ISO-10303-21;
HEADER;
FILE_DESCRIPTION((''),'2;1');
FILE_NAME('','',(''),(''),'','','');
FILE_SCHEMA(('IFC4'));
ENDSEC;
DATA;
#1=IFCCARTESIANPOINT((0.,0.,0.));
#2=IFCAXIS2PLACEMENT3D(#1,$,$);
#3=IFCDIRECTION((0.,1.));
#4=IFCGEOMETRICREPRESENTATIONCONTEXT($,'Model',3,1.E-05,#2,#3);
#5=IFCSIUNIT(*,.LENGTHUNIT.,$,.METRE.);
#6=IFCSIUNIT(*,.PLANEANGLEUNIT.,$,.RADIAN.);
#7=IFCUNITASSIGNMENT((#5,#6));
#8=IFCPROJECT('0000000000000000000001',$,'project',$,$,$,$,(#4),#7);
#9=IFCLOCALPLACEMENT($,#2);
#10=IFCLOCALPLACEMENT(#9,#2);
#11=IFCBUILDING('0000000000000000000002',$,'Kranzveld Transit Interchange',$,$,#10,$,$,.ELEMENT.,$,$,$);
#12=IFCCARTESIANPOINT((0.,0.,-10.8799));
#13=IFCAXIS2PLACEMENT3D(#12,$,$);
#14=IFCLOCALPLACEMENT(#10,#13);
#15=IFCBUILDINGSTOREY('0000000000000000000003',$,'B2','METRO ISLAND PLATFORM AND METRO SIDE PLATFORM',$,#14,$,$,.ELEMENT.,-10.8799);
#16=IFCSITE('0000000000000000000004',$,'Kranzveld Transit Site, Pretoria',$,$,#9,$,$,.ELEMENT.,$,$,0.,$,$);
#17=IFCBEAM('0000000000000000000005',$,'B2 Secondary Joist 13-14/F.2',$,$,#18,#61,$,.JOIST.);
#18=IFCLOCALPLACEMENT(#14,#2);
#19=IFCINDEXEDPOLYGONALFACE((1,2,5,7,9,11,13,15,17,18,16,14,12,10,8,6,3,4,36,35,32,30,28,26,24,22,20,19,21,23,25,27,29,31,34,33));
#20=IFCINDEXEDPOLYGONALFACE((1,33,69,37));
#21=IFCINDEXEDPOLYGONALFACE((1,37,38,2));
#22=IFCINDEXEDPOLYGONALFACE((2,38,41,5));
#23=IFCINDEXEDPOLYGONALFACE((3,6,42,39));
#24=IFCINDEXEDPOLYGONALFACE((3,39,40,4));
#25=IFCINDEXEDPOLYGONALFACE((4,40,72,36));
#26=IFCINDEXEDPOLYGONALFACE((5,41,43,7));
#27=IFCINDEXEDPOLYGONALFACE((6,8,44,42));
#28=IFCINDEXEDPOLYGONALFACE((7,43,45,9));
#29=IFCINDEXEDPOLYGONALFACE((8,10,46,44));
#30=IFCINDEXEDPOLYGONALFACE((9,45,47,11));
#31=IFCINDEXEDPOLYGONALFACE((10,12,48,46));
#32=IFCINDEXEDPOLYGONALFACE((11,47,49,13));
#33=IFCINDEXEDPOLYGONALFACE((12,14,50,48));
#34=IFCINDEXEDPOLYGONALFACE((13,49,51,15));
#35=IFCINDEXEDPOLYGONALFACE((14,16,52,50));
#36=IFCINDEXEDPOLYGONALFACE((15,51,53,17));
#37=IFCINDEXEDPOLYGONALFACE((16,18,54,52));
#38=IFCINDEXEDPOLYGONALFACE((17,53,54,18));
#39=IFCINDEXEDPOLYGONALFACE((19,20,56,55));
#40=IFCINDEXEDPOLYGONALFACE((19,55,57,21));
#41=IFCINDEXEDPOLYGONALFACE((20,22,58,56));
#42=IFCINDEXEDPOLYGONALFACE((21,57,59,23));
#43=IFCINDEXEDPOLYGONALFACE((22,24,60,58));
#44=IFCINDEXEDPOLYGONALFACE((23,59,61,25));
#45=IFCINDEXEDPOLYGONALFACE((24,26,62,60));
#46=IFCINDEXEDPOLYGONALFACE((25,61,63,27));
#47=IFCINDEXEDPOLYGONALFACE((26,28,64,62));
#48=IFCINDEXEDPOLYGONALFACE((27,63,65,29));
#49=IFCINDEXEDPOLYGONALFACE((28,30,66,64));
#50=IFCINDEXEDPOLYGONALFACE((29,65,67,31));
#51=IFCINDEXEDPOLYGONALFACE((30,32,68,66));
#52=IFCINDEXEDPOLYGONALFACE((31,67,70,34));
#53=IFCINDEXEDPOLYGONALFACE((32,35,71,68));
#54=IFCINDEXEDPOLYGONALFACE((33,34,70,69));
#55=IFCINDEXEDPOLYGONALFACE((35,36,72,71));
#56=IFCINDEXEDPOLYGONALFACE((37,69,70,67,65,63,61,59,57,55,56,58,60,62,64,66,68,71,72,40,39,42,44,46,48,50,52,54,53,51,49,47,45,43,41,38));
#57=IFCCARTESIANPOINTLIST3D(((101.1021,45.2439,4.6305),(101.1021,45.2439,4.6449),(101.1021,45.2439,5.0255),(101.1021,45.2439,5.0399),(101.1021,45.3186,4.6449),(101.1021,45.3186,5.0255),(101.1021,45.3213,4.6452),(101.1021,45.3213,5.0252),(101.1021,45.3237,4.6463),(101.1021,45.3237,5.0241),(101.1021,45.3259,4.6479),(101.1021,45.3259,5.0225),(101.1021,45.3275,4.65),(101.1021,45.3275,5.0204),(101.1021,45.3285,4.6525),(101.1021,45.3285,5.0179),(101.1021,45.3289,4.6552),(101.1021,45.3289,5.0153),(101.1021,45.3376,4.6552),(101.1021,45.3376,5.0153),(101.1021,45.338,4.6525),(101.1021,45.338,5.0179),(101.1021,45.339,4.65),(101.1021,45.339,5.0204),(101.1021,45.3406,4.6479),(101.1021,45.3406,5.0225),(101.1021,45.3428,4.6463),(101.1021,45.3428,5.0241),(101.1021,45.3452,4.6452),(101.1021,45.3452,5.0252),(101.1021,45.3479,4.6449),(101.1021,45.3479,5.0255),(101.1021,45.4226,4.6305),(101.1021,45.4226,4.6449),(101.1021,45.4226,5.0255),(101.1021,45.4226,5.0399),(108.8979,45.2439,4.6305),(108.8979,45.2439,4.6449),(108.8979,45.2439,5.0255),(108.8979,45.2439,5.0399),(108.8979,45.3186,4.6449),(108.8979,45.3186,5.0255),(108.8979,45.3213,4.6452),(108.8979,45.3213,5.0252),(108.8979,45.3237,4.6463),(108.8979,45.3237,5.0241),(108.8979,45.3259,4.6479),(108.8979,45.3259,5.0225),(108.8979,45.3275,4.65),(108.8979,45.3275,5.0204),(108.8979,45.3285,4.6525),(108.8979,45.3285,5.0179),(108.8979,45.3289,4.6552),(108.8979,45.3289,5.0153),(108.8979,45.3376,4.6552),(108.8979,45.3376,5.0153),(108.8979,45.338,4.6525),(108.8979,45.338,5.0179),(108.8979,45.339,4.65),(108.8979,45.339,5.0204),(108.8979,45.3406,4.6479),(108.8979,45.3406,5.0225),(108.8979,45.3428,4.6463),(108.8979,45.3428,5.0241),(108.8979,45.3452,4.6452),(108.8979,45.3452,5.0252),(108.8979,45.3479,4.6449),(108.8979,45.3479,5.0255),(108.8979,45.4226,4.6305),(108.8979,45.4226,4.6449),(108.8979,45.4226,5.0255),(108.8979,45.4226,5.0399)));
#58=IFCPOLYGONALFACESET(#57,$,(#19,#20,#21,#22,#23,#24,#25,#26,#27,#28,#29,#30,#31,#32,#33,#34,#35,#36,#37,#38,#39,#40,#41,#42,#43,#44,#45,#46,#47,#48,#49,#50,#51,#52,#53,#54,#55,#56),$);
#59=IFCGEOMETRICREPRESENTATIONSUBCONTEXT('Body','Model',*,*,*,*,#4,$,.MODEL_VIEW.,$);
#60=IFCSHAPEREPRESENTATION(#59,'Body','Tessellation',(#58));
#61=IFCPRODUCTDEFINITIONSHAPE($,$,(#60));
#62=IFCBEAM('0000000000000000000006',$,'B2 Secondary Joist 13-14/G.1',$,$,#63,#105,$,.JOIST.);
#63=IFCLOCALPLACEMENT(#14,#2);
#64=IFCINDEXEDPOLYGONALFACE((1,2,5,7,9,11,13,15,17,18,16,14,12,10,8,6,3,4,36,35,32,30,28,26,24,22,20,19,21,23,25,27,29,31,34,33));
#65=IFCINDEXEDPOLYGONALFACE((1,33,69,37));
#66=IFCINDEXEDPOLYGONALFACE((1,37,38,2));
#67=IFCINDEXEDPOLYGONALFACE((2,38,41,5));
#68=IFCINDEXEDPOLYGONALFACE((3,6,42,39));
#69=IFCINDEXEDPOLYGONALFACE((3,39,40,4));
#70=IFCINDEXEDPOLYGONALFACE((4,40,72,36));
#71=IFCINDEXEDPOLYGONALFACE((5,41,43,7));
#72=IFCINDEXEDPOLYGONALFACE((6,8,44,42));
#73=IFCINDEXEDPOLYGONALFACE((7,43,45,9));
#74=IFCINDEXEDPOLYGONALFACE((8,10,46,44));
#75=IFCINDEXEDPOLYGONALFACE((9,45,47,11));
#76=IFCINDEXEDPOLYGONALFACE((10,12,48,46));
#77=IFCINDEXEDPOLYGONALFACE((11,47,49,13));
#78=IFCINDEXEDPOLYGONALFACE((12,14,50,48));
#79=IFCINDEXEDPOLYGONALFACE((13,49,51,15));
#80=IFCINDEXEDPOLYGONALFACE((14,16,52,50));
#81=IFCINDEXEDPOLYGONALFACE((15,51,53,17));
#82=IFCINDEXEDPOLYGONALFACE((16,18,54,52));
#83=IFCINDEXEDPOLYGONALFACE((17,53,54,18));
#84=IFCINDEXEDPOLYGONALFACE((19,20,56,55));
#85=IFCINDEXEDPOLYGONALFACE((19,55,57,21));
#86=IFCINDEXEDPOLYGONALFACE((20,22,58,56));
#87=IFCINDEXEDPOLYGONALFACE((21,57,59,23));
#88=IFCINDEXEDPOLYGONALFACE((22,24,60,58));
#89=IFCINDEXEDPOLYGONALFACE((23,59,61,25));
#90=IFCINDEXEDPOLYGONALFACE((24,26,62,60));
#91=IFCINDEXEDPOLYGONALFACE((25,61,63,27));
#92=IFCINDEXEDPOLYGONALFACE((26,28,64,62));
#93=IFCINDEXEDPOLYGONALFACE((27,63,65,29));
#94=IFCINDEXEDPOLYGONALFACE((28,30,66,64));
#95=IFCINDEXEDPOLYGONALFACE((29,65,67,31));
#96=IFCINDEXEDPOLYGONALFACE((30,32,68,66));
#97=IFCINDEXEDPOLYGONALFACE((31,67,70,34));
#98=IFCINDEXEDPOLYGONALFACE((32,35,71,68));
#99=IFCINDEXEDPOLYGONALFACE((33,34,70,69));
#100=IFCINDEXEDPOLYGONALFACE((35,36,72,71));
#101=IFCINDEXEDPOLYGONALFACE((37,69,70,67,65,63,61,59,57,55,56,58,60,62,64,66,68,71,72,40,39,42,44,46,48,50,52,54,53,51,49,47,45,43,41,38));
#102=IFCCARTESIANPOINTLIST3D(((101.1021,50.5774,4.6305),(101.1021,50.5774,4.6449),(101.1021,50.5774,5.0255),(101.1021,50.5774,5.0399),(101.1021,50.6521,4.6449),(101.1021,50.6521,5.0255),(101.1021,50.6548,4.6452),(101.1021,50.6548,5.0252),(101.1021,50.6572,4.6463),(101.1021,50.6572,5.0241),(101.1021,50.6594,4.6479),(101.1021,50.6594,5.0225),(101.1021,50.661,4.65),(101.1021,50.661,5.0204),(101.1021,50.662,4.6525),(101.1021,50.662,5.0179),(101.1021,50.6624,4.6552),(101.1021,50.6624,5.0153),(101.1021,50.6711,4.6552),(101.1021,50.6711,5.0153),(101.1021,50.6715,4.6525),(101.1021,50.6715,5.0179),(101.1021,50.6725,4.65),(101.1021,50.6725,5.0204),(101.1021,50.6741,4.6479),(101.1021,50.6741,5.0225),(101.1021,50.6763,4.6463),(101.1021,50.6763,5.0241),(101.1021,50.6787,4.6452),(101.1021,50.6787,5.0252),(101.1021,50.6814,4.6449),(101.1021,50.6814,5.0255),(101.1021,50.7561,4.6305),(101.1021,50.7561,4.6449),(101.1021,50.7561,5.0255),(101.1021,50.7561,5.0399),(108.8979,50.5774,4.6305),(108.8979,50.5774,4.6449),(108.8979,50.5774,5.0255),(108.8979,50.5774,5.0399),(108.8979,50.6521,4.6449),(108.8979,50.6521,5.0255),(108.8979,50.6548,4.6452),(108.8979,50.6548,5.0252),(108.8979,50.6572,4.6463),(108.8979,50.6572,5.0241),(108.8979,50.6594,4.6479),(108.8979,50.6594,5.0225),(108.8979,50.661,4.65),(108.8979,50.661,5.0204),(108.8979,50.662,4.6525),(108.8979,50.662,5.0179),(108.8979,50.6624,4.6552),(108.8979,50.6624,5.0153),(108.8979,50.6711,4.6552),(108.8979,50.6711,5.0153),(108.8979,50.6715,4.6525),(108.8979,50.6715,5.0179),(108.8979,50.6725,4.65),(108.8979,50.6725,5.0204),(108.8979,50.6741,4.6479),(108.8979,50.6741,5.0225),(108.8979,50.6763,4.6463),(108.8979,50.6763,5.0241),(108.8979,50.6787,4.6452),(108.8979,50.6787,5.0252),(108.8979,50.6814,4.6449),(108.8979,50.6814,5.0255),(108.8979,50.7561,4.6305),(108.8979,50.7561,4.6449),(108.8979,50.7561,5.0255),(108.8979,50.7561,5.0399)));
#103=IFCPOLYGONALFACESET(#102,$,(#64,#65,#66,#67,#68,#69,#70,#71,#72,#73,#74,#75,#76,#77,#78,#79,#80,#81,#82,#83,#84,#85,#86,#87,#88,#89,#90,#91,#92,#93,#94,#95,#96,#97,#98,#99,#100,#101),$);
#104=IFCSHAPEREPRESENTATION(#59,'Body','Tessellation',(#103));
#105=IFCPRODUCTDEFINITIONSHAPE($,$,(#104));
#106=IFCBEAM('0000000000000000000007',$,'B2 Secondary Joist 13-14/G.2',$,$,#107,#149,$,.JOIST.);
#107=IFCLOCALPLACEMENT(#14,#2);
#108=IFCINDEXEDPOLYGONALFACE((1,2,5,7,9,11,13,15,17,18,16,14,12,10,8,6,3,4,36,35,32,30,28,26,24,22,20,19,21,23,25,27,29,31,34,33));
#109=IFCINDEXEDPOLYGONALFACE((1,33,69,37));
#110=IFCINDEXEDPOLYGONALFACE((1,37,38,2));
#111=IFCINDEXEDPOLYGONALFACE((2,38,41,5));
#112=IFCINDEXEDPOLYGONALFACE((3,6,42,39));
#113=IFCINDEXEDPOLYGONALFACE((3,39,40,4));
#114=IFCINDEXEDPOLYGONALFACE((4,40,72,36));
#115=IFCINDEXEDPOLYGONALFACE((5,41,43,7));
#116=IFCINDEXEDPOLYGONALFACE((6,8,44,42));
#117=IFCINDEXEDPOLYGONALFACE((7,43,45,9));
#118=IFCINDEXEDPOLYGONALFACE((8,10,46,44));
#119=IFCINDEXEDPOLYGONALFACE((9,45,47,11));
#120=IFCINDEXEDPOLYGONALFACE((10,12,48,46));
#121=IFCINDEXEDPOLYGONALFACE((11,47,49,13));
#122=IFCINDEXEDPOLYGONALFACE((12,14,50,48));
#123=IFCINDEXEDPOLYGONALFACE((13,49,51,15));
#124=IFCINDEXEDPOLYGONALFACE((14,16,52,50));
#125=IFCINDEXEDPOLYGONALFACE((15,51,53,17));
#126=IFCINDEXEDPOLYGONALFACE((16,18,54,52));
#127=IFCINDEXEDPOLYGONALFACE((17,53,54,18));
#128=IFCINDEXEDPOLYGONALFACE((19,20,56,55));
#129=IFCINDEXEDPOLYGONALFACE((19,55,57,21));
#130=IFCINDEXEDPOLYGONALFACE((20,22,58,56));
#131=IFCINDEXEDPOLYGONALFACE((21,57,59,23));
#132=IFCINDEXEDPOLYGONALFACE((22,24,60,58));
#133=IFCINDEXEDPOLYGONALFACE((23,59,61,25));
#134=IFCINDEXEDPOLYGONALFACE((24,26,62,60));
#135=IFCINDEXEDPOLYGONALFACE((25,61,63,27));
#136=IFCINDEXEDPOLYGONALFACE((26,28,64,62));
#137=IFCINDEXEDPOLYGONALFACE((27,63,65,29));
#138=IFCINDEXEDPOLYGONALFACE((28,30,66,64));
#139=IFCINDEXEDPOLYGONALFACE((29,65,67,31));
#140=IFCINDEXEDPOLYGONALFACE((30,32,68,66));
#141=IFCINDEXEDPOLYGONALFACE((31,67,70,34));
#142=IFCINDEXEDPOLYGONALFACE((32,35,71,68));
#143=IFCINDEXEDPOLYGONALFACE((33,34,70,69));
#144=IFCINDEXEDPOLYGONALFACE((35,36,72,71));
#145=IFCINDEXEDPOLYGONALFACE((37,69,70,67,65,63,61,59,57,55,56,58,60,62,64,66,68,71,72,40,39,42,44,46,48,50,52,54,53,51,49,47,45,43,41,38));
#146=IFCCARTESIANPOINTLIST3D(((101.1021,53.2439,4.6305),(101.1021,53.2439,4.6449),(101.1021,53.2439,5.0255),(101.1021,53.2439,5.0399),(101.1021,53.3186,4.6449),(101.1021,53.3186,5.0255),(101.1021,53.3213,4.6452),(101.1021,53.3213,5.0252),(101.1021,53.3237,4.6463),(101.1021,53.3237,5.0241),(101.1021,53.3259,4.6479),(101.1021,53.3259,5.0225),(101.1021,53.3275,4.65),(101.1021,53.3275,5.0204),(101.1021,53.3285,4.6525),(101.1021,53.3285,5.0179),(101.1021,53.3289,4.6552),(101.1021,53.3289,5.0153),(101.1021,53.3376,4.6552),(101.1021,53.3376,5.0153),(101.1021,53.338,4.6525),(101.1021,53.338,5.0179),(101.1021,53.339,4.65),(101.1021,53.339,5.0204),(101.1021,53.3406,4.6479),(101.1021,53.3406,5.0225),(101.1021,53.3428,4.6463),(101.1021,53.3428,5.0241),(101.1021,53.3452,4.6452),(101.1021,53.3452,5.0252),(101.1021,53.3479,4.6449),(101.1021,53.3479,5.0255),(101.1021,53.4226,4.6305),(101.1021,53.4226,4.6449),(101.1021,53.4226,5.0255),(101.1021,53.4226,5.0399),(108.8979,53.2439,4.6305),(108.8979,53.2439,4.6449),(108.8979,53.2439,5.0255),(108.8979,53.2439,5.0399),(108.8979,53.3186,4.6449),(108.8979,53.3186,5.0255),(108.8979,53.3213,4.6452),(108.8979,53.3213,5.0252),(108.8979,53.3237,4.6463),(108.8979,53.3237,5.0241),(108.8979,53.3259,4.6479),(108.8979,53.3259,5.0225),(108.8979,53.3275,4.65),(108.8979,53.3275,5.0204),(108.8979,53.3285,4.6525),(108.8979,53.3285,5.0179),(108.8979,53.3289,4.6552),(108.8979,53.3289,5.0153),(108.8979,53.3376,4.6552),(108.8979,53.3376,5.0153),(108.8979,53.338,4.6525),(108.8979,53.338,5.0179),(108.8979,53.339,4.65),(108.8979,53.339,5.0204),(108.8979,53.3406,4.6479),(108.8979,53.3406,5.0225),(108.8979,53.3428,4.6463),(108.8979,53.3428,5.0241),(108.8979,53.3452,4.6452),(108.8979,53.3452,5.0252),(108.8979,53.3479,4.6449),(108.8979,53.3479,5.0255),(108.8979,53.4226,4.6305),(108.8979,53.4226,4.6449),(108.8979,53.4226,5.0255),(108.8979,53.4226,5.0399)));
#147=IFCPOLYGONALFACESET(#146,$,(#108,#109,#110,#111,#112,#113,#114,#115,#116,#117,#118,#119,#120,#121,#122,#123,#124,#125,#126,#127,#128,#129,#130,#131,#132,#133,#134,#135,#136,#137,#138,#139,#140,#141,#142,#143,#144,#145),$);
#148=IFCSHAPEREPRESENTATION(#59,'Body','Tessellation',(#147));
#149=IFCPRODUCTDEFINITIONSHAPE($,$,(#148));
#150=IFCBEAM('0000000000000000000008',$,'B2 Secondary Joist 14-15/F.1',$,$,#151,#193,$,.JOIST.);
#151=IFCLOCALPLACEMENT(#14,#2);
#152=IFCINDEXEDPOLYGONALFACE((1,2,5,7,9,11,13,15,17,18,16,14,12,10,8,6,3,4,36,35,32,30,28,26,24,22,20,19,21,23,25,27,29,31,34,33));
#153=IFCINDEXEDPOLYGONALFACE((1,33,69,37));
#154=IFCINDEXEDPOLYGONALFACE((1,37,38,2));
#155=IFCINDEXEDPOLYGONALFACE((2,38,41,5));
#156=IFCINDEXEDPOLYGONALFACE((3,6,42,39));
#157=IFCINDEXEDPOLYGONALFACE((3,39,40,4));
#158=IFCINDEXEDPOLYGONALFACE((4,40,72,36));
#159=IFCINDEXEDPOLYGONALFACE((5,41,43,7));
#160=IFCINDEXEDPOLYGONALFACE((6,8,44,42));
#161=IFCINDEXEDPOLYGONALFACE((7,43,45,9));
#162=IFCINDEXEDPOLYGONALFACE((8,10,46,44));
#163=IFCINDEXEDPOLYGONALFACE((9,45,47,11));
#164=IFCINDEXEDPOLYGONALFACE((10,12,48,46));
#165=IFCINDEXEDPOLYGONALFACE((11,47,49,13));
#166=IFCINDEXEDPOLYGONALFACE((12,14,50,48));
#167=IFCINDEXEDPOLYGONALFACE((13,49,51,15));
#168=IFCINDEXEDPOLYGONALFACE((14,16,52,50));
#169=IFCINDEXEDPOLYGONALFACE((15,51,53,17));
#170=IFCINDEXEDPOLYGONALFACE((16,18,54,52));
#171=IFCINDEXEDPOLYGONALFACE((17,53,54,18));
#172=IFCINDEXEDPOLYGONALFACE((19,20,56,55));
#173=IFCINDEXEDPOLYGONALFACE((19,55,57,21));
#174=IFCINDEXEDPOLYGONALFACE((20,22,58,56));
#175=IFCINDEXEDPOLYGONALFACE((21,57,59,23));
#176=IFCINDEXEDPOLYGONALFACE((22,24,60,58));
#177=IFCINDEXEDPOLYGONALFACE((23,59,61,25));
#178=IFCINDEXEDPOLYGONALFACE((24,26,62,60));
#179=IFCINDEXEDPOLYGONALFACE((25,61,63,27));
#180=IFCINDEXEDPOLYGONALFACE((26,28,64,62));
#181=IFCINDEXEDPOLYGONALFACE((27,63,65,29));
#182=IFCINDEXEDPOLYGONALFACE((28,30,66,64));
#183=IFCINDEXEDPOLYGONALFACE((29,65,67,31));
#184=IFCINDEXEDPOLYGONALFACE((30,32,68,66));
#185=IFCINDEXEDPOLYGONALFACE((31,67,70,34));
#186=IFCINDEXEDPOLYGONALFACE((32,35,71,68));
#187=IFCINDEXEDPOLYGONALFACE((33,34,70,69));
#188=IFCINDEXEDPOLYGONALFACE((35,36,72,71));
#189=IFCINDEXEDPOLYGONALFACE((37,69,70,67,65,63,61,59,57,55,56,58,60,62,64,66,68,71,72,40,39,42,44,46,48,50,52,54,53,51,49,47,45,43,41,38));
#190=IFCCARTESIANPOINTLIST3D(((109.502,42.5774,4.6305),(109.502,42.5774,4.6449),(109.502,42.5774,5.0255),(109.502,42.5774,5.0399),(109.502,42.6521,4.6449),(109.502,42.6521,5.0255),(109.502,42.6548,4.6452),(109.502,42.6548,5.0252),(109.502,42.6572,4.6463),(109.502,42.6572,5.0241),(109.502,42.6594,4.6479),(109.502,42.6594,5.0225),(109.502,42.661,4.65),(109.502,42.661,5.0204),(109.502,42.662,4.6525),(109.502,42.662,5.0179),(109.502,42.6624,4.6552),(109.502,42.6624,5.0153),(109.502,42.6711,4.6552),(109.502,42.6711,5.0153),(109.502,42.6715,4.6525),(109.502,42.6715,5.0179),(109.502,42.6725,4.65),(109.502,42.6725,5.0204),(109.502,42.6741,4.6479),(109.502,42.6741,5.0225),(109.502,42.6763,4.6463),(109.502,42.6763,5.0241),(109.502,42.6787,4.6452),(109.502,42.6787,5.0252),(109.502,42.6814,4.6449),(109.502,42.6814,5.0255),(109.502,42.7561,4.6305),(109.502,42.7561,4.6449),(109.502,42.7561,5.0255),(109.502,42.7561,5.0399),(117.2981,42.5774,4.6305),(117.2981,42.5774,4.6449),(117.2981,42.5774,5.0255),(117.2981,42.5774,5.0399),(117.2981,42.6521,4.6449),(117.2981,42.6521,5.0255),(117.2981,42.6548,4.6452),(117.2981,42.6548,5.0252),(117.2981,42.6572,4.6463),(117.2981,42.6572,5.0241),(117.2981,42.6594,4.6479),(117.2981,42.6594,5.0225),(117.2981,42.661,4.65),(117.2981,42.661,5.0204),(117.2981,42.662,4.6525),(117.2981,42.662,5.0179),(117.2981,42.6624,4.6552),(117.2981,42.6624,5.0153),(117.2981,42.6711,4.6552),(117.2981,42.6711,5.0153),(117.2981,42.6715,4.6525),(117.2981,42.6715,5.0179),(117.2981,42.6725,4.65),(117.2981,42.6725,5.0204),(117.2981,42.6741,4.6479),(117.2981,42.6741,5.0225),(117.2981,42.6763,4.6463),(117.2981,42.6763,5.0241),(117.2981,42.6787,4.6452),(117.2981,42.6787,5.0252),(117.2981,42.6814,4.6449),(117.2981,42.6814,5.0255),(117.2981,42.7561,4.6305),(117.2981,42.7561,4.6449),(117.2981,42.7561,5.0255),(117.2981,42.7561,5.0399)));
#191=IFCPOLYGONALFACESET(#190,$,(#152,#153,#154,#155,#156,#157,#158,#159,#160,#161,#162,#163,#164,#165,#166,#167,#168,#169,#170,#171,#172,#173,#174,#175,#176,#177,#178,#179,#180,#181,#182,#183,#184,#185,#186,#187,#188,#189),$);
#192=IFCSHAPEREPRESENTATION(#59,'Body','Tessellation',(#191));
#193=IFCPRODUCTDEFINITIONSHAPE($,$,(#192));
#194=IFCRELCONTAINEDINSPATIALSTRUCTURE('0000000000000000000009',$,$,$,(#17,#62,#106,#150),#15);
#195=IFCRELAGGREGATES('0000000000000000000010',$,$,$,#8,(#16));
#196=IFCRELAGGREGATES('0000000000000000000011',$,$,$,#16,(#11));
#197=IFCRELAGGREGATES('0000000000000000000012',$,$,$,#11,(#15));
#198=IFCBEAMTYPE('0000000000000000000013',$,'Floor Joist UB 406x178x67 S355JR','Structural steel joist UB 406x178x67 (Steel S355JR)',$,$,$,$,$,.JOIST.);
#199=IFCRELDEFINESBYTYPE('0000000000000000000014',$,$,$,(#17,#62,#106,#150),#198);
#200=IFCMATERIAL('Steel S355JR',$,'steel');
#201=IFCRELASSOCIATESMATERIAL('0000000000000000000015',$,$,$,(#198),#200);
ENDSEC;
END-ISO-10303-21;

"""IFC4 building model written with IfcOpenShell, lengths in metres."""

from ifc_helpers import new_model, si_unit, direction, frame, origin, origin_2d, place, context, subcontext, project, spatial, i_section, extrude, material, material_profile, profile_set, type_object, element, save


model = new_model("IFC4")

# Units and contexts
model_context = context("Model", 3, precision=1e-05, world=origin(), true_north=direction((0.0, 1.0)))
body_context = subcontext(model_context, "Body", "Model", "MODEL_VIEW")
ifc_project = project(units=[si_unit("LENGTHUNIT", "METRE"), si_unit("PLANEANGLEUNIT", "RADIAN")], contexts=[model_context])

# Site, building, storey
site_placement = place(None, origin())
site = spatial("IfcSite", under=ifc_project, at=site_placement, Name="Kranzveld Transit Site, Pretoria", CompositionType="ELEMENT", RefElevation=0.0)
building_placement = place(site_placement, origin())
building = spatial("IfcBuilding", under=site, at=building_placement, Name="Kranzveld Transit Interchange", CompositionType="ELEMENT")
storey_placement = place(building_placement, frame((0.0, 0.0, -10.8799)))
storey = spatial("IfcBuildingStorey", under=building, at=storey_placement, Name="B2", Description="METRO ISLAND PLATFORM AND METRO SIDE PLATFORM", CompositionType="ELEMENT", Elevation=-10.8799)

# Beams
ifc_material_1 = material(Name="Steel S355JR", Category="steel")
ifc_material_profile_1 = material_profile(ifc_material_1, i_section(OverallWidth=0.1787, OverallDepth=0.4094, WebThickness=0.0088, FlangeThickness=0.0144, FilletRadius=0.0103, at=origin_2d()), Name="UB 406x178x67")
ifc_profile_set_1 = profile_set([ifc_material_profile_1], Name="Steel S355JR")
beam_type_1 = type_object("IfcBeamType", Name="Floor Joist UB 406x178x67 S355JR", Description="Structural steel joist UB 406x178x67 (Steel S355JR)", PredefinedType="JOIST", material=ifc_profile_set_1)
for number, where, z_axis, x_axis, name in (
    (1, (101.1021, 45.3333, 4.8352), (1.0, 0.0, 0.0), (0.0, 1.0, 0.0), "B2 Secondary Joist 13-14/F.2"),
    (2, (101.1021, 50.6667, 4.8352), (1.0, 0.0, 0.0), (0.0, 1.0, 0.0), "B2 Secondary Joist 13-14/G.1"),
    (3, (101.1021, 53.3333, 4.8352), (1.0, 0.0, 0.0), (0.0, 1.0, 0.0), "B2 Secondary Joist 13-14/G.2"),
):
    element("IfcBeam", number, at=place(storey_placement, frame(where, z_axis=z_axis, x_axis=x_axis)), inside=storey, type_object=beam_type_1, Name=name, PredefinedType="JOIST", context=body_context, shape_type="SweptSolid", body=[
        extrude(i_section(OverallWidth=0.1787, OverallDepth=0.4094, WebThickness=0.0088, FlangeThickness=0.0144, FilletRadius=0.0103, at=origin_2d()), origin(), (0.0, 0.0, 1.0), 7.7959),
    ])
for number, where, z_axis, x_axis, name in (
    (4, (109.502, 42.6667, 4.8352), (1.0, 0.0, 0.0), (0.0, 1.0, 0.0), "B2 Secondary Joist 14-15/F.1"),
):
    element("IfcBeam", number, at=place(storey_placement, frame(where, z_axis=z_axis, x_axis=x_axis)), inside=storey, type_object=beam_type_1, Name=name, PredefinedType="JOIST", context=body_context, shape_type="SweptSolid", body=[
        extrude(i_section(OverallWidth=0.1787, OverallDepth=0.4094, WebThickness=0.0088, FlangeThickness=0.0144, FilletRadius=0.0103, at=origin_2d()), origin(), (0.0, 0.0, 1.0), 7.7961),
    ])

save(model, "model.ifc")
